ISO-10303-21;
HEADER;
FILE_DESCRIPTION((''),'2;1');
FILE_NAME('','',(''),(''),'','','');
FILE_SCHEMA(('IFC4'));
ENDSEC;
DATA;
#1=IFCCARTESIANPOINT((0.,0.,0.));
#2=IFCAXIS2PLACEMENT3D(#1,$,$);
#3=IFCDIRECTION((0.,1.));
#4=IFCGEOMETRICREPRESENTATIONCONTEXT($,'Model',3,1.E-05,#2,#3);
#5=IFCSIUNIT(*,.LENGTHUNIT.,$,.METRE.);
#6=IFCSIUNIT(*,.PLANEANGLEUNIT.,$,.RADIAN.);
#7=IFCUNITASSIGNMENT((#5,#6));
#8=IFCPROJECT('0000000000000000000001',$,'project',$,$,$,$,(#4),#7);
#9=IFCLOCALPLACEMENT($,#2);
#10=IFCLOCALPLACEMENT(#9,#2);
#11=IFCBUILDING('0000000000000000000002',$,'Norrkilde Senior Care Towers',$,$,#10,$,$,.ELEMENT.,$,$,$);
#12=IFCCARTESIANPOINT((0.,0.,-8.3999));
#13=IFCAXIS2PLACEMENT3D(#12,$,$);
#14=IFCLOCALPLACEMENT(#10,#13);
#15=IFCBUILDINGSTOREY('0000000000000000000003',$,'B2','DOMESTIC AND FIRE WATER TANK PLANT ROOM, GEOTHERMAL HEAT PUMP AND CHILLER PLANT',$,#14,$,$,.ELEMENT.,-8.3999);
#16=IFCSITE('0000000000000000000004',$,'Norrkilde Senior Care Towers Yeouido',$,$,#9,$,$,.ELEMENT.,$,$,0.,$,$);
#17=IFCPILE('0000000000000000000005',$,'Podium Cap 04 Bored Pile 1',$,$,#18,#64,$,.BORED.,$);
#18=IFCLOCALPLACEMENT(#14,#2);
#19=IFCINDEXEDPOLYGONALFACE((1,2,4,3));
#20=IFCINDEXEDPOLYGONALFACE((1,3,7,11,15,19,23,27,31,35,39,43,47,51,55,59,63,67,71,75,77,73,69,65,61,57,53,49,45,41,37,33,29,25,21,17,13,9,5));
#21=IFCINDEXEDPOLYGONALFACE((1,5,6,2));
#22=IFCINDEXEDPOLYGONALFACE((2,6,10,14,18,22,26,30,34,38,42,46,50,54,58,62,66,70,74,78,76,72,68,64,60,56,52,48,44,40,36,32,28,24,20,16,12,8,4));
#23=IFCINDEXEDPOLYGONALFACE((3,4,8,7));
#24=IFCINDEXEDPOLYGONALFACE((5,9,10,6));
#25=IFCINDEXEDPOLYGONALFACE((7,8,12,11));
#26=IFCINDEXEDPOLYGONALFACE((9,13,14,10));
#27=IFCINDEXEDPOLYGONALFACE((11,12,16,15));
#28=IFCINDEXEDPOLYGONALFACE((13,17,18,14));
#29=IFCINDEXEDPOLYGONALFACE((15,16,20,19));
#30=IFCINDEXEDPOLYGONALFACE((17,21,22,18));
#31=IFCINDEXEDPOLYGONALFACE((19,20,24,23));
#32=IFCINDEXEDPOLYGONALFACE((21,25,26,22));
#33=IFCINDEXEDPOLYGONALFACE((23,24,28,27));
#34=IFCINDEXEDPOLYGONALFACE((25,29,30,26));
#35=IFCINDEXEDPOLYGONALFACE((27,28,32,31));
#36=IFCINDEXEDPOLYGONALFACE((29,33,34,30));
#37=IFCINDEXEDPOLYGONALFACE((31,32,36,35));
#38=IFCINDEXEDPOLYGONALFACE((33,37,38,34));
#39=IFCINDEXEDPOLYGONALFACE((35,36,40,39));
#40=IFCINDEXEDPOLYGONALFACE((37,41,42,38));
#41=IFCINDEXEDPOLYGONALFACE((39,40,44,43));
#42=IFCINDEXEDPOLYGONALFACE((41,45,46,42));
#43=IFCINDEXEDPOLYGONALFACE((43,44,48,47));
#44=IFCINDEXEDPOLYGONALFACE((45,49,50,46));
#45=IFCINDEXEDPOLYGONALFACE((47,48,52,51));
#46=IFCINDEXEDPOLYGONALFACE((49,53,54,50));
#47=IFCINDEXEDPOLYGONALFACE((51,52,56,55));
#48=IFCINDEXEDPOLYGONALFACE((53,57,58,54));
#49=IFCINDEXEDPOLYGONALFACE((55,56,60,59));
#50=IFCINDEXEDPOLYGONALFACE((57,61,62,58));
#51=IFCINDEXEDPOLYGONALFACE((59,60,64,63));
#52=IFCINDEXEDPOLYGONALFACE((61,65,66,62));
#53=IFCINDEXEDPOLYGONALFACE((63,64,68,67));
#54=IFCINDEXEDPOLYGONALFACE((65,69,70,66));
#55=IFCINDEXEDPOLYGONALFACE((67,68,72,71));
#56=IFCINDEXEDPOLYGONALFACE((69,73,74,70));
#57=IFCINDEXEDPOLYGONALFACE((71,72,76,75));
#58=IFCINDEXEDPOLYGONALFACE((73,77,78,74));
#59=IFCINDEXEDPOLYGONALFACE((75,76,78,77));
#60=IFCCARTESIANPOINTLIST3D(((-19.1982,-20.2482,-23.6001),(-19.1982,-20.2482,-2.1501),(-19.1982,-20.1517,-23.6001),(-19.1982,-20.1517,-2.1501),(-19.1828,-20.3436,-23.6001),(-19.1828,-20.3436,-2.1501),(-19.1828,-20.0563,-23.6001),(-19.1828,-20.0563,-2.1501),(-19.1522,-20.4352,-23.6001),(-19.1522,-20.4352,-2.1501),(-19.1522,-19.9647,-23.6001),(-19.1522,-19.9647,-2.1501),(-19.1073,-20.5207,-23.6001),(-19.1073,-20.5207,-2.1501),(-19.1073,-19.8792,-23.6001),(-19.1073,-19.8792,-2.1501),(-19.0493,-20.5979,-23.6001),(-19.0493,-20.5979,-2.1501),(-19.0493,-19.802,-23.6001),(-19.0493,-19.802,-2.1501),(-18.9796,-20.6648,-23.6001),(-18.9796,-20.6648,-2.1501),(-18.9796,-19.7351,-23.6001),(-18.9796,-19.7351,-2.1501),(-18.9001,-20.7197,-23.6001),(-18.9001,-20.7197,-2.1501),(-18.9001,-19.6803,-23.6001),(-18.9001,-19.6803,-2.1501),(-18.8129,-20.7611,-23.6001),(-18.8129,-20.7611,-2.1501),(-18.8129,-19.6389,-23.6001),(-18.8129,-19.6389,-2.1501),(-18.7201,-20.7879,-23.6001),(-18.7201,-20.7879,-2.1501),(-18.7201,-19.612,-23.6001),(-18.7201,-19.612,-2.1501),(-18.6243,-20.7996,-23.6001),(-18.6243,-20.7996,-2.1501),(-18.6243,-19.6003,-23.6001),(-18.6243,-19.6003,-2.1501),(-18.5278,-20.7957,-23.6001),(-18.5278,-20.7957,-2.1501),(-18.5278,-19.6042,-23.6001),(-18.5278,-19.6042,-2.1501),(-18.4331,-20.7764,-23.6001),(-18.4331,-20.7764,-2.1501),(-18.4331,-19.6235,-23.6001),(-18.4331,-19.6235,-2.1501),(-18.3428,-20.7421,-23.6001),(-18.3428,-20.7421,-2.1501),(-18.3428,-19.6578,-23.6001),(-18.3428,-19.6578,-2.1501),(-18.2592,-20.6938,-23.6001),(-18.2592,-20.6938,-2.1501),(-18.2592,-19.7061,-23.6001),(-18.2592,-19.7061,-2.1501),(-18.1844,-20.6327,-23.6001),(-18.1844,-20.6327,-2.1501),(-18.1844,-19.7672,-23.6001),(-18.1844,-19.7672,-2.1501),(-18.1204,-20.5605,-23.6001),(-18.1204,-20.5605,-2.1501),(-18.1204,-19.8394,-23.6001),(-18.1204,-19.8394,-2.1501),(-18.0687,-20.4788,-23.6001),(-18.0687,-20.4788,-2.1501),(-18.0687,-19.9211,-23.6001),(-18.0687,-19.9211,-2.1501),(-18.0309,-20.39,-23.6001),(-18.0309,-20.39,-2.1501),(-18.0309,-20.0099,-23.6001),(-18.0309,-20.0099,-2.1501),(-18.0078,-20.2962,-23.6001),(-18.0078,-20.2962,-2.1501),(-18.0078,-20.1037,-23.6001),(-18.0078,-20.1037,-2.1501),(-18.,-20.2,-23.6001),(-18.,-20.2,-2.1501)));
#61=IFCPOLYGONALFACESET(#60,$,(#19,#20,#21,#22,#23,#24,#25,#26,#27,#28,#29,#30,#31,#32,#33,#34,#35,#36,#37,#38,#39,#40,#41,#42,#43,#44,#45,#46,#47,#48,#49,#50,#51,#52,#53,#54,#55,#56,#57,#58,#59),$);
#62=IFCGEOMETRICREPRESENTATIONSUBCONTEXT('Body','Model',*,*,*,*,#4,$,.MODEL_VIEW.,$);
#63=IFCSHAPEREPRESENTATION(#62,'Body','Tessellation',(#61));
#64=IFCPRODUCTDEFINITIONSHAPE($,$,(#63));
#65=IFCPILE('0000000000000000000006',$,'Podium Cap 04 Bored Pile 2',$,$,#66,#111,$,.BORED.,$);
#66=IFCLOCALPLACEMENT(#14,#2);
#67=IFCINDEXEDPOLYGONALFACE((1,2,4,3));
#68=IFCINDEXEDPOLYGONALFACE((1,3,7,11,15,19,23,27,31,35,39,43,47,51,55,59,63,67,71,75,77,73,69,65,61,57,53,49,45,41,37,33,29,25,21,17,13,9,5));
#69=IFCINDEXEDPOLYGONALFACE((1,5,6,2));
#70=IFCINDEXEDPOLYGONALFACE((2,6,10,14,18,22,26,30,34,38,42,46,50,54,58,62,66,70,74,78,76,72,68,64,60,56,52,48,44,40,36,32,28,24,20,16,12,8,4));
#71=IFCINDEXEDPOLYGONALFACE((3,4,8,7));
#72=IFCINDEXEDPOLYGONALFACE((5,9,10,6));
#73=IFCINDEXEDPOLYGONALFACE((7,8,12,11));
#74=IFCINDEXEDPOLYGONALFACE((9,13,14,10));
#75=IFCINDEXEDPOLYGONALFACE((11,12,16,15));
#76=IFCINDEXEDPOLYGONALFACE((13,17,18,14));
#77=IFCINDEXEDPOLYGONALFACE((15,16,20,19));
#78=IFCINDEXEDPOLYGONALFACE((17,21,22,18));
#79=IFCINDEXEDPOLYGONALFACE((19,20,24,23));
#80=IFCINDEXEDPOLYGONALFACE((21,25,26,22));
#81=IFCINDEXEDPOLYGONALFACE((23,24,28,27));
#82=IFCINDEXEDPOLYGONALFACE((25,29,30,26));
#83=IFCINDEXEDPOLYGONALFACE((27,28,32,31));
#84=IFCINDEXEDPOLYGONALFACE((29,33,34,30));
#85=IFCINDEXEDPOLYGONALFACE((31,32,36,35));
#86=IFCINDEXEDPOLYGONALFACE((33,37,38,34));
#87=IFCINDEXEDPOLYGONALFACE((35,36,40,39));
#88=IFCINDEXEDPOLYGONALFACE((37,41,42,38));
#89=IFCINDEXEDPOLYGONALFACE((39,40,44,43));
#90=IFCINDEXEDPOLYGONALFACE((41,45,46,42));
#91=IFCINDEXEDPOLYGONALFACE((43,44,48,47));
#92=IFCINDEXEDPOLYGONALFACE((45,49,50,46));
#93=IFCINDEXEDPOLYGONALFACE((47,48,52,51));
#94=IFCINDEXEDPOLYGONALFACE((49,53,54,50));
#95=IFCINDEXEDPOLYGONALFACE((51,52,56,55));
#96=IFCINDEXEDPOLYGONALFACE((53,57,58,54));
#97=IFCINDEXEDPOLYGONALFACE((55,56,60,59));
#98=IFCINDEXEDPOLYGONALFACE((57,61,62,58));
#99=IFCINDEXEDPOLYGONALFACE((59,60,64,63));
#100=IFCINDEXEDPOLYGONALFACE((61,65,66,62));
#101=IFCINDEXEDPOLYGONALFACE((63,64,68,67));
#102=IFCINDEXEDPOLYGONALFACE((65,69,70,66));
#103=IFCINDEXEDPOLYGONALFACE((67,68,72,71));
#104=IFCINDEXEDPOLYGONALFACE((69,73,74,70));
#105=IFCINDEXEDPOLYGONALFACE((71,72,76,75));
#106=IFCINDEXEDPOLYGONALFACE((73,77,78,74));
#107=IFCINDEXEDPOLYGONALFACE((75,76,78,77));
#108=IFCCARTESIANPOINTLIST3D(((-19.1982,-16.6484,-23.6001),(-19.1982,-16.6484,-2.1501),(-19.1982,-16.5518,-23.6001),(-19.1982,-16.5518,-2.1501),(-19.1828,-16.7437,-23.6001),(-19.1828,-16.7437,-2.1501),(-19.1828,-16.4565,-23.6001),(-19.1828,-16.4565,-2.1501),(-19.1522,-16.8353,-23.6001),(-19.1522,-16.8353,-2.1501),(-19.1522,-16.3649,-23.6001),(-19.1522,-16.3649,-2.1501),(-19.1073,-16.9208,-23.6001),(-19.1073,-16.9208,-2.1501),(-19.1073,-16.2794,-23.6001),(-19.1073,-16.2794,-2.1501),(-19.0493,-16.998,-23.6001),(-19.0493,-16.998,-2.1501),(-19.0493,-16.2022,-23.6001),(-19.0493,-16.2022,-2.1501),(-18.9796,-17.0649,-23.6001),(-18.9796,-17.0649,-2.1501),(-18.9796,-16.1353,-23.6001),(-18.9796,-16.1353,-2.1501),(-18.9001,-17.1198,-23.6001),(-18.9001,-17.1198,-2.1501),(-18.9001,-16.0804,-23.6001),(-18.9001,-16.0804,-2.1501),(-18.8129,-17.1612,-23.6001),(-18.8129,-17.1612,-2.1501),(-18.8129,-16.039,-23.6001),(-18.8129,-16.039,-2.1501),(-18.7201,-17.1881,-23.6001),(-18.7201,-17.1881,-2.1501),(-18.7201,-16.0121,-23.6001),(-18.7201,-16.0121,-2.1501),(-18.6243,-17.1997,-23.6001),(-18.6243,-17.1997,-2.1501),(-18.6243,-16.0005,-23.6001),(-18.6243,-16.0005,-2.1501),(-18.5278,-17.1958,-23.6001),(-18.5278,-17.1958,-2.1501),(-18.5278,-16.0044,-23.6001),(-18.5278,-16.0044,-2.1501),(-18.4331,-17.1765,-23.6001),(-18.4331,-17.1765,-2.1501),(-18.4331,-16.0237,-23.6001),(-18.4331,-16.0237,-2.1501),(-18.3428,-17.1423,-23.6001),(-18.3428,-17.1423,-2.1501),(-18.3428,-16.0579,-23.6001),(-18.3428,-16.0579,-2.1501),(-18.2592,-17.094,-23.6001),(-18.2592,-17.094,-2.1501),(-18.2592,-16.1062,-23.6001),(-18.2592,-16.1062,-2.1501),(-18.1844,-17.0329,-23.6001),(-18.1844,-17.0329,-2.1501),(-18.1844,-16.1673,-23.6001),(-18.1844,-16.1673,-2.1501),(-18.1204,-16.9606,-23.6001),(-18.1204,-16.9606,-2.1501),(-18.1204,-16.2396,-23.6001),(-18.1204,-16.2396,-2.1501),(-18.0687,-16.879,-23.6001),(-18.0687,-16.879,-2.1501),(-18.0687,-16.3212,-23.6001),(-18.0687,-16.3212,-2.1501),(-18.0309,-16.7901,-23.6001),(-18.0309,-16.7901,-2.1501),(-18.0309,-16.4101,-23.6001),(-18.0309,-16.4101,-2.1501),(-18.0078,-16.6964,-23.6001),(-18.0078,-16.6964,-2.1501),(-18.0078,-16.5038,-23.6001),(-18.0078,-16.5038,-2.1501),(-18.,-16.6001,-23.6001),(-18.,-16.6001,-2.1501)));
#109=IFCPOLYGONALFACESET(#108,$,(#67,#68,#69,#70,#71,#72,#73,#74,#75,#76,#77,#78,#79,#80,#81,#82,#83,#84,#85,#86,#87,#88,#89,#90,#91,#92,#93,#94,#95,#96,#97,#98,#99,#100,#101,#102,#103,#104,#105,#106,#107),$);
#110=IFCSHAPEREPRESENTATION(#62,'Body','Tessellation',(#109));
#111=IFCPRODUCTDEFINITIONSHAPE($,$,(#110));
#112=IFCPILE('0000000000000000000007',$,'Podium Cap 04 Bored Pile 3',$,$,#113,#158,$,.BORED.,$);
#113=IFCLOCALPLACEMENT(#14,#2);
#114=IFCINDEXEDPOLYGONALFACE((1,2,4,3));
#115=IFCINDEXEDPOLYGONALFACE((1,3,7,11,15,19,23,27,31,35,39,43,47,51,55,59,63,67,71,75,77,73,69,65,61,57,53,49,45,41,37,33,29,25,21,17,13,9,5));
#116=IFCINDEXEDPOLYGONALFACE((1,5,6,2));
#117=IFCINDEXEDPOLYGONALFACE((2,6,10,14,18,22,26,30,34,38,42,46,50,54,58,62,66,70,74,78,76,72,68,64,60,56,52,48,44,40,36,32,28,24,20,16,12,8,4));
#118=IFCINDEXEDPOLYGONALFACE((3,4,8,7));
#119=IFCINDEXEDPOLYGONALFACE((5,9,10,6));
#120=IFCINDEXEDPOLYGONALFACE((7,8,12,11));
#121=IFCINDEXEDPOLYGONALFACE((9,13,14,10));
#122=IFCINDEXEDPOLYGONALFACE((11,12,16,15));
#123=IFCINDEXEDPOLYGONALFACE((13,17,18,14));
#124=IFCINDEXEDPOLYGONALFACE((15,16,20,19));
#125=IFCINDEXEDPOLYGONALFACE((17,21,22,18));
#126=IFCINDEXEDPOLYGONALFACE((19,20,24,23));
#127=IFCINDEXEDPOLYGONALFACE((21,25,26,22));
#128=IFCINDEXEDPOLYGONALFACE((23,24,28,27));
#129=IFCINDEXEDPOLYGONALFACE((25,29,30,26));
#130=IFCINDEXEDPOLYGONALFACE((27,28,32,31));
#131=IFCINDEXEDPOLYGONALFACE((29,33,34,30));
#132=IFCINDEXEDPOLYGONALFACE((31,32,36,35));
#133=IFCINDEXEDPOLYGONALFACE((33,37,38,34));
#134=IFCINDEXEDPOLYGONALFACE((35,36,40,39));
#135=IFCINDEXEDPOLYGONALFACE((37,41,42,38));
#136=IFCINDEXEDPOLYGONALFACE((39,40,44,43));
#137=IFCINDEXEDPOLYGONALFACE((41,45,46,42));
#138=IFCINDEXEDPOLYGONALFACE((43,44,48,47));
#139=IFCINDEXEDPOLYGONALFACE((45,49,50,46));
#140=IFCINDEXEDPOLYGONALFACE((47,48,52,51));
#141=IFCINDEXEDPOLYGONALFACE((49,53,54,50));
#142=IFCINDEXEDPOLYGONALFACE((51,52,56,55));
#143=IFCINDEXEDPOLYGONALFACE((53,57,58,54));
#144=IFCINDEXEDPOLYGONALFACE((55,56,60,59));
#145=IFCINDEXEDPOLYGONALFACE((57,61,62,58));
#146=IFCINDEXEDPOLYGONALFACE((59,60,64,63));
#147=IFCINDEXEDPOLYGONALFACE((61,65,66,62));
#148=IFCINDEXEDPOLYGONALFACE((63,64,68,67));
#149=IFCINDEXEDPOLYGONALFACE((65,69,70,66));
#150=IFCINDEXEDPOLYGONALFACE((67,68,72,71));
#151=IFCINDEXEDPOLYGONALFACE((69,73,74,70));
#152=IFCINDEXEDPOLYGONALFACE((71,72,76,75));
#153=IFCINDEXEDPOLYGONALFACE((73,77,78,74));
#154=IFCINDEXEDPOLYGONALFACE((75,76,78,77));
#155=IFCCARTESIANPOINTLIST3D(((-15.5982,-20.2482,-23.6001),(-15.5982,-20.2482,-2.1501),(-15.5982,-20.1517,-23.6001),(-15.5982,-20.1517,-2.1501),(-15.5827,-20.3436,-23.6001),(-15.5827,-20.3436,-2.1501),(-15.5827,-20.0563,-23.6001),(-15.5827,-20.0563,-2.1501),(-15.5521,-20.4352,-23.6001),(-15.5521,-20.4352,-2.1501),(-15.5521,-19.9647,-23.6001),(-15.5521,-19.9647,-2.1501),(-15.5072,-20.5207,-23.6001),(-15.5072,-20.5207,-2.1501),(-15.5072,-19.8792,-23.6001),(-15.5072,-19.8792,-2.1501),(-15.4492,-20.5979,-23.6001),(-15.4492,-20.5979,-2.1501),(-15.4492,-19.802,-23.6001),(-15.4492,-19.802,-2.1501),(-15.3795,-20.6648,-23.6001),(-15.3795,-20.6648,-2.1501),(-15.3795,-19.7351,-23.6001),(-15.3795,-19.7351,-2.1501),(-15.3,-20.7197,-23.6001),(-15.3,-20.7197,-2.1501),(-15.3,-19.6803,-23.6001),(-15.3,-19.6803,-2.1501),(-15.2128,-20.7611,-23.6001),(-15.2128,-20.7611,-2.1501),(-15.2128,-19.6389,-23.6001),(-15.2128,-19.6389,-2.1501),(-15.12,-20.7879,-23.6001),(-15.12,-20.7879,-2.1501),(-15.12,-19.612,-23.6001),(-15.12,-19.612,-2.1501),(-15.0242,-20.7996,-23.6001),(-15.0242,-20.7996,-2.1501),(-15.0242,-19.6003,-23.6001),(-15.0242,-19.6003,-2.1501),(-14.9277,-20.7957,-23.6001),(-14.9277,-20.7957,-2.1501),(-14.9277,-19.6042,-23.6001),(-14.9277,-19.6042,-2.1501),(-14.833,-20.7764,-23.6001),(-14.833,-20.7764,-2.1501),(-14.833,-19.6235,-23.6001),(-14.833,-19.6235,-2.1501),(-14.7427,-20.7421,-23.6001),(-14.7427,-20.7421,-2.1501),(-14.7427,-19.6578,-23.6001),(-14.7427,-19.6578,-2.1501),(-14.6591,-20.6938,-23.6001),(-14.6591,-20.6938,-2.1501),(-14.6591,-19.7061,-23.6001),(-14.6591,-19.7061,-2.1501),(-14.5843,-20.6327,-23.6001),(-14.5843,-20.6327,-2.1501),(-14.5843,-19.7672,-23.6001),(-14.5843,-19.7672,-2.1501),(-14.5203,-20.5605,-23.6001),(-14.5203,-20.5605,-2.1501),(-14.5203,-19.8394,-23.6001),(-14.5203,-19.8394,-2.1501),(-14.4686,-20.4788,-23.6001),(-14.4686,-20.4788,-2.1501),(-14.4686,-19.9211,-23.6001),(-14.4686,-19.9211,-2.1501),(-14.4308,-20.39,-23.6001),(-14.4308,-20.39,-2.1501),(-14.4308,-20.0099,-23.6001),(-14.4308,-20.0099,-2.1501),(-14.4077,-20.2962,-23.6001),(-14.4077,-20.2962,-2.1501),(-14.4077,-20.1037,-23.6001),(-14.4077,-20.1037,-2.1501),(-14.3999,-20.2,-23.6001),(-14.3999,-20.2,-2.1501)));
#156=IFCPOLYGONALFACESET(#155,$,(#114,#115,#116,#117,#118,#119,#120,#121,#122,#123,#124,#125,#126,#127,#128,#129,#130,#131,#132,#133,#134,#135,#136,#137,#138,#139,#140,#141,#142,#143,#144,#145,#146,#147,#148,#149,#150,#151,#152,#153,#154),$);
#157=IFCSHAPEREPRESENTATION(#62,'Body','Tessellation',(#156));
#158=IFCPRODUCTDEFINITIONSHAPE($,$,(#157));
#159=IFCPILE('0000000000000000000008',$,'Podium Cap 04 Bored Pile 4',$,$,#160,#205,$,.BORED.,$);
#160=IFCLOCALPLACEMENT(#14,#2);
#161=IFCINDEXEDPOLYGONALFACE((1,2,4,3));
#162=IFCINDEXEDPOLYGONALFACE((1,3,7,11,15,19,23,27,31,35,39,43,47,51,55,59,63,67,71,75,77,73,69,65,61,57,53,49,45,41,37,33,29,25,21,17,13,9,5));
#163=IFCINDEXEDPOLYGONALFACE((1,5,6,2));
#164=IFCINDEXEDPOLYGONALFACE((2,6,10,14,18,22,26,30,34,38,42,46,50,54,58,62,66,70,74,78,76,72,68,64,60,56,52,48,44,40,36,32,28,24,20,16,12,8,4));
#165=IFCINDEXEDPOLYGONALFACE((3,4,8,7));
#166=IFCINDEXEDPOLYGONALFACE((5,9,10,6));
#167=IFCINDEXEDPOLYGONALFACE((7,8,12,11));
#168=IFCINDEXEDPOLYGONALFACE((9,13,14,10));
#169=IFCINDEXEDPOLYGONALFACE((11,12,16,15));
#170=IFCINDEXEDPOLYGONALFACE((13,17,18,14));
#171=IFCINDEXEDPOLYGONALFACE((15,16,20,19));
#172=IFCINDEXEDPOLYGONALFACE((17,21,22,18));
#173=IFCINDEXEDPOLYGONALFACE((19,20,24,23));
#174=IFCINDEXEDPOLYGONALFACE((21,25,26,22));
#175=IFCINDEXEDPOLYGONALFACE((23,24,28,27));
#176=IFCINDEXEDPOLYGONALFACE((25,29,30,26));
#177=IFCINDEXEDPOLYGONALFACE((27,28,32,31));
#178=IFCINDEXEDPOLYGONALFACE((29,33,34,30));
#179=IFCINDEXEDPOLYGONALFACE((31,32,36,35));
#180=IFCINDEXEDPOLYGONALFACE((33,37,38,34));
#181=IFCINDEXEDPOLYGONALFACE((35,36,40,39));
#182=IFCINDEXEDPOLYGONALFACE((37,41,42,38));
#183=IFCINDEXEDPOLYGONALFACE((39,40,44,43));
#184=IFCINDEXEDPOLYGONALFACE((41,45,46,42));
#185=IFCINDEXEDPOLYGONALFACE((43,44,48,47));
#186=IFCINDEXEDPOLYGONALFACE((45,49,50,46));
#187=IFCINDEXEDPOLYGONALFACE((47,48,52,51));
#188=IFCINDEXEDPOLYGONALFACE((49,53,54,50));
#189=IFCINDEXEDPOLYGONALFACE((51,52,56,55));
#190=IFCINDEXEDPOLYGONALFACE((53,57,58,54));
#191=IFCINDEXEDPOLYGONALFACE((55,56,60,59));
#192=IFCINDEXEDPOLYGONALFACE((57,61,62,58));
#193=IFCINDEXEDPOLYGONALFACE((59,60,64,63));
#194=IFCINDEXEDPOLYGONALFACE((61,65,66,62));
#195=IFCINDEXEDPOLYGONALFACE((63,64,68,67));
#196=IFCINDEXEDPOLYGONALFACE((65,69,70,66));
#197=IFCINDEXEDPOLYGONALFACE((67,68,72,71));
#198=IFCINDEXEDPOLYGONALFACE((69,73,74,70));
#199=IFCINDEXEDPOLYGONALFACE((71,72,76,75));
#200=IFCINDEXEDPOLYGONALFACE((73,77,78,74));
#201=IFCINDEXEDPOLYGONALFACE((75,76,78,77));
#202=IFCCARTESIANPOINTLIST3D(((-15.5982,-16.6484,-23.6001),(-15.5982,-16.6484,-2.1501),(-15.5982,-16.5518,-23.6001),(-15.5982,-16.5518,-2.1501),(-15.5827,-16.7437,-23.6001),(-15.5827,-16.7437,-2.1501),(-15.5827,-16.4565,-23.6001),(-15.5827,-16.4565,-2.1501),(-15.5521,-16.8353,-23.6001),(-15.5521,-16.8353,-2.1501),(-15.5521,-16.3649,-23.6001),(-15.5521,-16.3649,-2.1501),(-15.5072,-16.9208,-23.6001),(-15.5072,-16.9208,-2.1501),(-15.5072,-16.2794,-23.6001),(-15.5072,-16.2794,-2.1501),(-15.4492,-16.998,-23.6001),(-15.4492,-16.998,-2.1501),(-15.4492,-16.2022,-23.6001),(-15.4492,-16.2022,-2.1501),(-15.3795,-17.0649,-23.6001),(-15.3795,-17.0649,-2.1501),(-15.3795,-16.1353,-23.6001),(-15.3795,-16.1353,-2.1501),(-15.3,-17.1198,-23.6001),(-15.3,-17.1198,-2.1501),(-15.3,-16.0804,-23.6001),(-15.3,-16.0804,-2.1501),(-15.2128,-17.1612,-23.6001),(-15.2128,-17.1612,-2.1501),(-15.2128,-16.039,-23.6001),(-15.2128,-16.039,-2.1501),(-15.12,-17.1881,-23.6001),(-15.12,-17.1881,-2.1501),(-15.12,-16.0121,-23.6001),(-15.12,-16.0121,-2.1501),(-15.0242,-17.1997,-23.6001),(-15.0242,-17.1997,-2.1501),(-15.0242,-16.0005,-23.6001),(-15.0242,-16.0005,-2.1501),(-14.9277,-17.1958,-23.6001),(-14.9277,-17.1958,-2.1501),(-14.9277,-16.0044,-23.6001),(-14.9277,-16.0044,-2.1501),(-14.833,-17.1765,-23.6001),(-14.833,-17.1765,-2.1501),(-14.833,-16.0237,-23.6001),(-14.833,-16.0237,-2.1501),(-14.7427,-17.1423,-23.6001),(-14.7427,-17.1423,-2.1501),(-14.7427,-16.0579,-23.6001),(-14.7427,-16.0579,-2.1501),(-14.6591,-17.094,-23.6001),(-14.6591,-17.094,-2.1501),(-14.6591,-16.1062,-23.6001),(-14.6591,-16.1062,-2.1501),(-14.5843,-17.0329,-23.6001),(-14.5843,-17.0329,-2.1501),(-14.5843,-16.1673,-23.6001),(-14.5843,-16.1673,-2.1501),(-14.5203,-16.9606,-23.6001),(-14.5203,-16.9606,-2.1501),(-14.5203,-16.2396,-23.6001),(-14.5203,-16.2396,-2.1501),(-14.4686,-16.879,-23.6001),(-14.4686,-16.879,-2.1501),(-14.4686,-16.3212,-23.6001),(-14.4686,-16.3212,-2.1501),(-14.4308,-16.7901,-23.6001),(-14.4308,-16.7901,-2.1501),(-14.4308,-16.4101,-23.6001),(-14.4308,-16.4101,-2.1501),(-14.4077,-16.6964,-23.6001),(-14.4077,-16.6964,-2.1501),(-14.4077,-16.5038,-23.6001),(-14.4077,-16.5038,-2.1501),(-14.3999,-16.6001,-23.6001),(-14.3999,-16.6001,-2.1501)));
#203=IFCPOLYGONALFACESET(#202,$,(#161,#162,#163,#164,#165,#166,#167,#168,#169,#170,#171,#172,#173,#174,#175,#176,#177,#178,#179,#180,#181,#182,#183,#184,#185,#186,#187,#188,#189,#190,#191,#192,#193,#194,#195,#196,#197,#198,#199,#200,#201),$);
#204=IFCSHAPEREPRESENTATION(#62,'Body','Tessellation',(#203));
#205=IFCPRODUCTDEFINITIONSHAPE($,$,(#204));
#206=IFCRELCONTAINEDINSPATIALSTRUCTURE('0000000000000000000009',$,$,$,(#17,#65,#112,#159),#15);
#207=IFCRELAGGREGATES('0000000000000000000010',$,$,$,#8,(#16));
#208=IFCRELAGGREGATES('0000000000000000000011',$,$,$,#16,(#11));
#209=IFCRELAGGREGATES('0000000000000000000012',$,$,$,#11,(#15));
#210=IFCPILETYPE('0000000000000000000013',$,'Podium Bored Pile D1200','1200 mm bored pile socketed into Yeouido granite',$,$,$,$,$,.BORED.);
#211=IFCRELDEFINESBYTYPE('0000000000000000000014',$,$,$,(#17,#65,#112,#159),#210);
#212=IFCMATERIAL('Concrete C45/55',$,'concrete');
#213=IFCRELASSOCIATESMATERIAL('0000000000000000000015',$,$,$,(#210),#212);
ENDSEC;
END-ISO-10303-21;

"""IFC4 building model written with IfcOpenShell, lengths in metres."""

from ifc_helpers import new_model, si_unit, direction, frame, origin, origin_2d, place, context, subcontext, project, spatial, circle, extrude, source, transform, mapped, material, material_profile, profile_set, type_object, type_shapes, element, save


model = new_model("IFC4")

# Units and contexts
model_context = context("Model", 3, precision=1e-05, world=origin(), true_north=direction((0.0, 1.0)))
body_context = subcontext(model_context, "Body", "Model", "MODEL_VIEW")
ifc_project = project(units=[si_unit("LENGTHUNIT", "METRE"), si_unit("PLANEANGLEUNIT", "RADIAN")], contexts=[model_context])

# Site, building, storey
site_placement = place(None, origin())
site = spatial("IfcSite", under=ifc_project, at=site_placement, Name="Norrkilde Senior Care Towers Yeouido", CompositionType="ELEMENT", RefElevation=0.0)
building_placement = place(site_placement, origin())
building = spatial("IfcBuilding", under=site, at=building_placement, Name="Norrkilde Senior Care Towers", CompositionType="ELEMENT")
storey_placement = place(building_placement, frame((0.0, 0.0, -8.3999)))
storey = spatial("IfcBuildingStorey", under=building, at=storey_placement, Name="B2", Description="DOMESTIC AND FIRE WATER TANK PLANT ROOM, GEOTHERMAL HEAT PUMP AND CHILLER PLANT", CompositionType="ELEMENT", Elevation=-8.3999)

# Piles
ifc_material_1 = material(Name="Concrete C45/55", Category="concrete")
ifc_material_profile_1 = material_profile(ifc_material_1, circle(Radius=0.6001, at=origin_2d()), Name="BORED PILE 1200")
ifc_profile_set_1 = profile_set([ifc_material_profile_1], Name="Concrete C45/55")
pile_type = type_object("IfcPileType", Name="Podium Bored Pile D1200", Description="1200 mm bored pile socketed into Yeouido granite", PredefinedType="BORED", material=ifc_profile_set_1)
shared_shape_1 = source(origin(), body_context, "Body", "SweptSolid", [
    extrude(circle(Radius=0.6001, at=origin_2d()), origin(), (0.0, 0.0, 1.0), 21.45),
])
type_shapes(pile_type, [shared_shape_1])
for number, where, z_axis, x_axis, name in (
    (1, (-18.6001, -20.2, -2.1501), (0.0, 0.0, -1.0), (1.0, 0.0, 0.0), "Podium Cap 04 Bored Pile 1"),
    (2, (-18.6001, -16.6001, -2.1501), (0.0, 0.0, -1.0), (1.0, 0.0, 0.0), "Podium Cap 04 Bored Pile 2"),
    (3, (-15.0, -20.2, -2.1501), (0.0, 0.0, -1.0), (1.0, 0.0, 0.0), "Podium Cap 04 Bored Pile 3"),
    (4, (-15.0, -16.6001, -2.1501), (0.0, 0.0, -1.0), (1.0, 0.0, 0.0), "Podium Cap 04 Bored Pile 4"),
):
    element("IfcPile", number, at=place(storey_placement, frame(where, z_axis=z_axis, x_axis=x_axis)), inside=storey, type_object=pile_type, Name=name, PredefinedType="BORED", context=body_context, shape_type="MappedRepresentation", body=[
        mapped(shared_shape_1, transform((0.0, 0.0, 0.0), x_axis=(1.0, 0.0, 0.0), y_axis=(0.0, 1.0, 0.0), z_axis=(0.0, 0.0, 1.0), scale=1.0)),
    ])

save(model, "model.ifc")
